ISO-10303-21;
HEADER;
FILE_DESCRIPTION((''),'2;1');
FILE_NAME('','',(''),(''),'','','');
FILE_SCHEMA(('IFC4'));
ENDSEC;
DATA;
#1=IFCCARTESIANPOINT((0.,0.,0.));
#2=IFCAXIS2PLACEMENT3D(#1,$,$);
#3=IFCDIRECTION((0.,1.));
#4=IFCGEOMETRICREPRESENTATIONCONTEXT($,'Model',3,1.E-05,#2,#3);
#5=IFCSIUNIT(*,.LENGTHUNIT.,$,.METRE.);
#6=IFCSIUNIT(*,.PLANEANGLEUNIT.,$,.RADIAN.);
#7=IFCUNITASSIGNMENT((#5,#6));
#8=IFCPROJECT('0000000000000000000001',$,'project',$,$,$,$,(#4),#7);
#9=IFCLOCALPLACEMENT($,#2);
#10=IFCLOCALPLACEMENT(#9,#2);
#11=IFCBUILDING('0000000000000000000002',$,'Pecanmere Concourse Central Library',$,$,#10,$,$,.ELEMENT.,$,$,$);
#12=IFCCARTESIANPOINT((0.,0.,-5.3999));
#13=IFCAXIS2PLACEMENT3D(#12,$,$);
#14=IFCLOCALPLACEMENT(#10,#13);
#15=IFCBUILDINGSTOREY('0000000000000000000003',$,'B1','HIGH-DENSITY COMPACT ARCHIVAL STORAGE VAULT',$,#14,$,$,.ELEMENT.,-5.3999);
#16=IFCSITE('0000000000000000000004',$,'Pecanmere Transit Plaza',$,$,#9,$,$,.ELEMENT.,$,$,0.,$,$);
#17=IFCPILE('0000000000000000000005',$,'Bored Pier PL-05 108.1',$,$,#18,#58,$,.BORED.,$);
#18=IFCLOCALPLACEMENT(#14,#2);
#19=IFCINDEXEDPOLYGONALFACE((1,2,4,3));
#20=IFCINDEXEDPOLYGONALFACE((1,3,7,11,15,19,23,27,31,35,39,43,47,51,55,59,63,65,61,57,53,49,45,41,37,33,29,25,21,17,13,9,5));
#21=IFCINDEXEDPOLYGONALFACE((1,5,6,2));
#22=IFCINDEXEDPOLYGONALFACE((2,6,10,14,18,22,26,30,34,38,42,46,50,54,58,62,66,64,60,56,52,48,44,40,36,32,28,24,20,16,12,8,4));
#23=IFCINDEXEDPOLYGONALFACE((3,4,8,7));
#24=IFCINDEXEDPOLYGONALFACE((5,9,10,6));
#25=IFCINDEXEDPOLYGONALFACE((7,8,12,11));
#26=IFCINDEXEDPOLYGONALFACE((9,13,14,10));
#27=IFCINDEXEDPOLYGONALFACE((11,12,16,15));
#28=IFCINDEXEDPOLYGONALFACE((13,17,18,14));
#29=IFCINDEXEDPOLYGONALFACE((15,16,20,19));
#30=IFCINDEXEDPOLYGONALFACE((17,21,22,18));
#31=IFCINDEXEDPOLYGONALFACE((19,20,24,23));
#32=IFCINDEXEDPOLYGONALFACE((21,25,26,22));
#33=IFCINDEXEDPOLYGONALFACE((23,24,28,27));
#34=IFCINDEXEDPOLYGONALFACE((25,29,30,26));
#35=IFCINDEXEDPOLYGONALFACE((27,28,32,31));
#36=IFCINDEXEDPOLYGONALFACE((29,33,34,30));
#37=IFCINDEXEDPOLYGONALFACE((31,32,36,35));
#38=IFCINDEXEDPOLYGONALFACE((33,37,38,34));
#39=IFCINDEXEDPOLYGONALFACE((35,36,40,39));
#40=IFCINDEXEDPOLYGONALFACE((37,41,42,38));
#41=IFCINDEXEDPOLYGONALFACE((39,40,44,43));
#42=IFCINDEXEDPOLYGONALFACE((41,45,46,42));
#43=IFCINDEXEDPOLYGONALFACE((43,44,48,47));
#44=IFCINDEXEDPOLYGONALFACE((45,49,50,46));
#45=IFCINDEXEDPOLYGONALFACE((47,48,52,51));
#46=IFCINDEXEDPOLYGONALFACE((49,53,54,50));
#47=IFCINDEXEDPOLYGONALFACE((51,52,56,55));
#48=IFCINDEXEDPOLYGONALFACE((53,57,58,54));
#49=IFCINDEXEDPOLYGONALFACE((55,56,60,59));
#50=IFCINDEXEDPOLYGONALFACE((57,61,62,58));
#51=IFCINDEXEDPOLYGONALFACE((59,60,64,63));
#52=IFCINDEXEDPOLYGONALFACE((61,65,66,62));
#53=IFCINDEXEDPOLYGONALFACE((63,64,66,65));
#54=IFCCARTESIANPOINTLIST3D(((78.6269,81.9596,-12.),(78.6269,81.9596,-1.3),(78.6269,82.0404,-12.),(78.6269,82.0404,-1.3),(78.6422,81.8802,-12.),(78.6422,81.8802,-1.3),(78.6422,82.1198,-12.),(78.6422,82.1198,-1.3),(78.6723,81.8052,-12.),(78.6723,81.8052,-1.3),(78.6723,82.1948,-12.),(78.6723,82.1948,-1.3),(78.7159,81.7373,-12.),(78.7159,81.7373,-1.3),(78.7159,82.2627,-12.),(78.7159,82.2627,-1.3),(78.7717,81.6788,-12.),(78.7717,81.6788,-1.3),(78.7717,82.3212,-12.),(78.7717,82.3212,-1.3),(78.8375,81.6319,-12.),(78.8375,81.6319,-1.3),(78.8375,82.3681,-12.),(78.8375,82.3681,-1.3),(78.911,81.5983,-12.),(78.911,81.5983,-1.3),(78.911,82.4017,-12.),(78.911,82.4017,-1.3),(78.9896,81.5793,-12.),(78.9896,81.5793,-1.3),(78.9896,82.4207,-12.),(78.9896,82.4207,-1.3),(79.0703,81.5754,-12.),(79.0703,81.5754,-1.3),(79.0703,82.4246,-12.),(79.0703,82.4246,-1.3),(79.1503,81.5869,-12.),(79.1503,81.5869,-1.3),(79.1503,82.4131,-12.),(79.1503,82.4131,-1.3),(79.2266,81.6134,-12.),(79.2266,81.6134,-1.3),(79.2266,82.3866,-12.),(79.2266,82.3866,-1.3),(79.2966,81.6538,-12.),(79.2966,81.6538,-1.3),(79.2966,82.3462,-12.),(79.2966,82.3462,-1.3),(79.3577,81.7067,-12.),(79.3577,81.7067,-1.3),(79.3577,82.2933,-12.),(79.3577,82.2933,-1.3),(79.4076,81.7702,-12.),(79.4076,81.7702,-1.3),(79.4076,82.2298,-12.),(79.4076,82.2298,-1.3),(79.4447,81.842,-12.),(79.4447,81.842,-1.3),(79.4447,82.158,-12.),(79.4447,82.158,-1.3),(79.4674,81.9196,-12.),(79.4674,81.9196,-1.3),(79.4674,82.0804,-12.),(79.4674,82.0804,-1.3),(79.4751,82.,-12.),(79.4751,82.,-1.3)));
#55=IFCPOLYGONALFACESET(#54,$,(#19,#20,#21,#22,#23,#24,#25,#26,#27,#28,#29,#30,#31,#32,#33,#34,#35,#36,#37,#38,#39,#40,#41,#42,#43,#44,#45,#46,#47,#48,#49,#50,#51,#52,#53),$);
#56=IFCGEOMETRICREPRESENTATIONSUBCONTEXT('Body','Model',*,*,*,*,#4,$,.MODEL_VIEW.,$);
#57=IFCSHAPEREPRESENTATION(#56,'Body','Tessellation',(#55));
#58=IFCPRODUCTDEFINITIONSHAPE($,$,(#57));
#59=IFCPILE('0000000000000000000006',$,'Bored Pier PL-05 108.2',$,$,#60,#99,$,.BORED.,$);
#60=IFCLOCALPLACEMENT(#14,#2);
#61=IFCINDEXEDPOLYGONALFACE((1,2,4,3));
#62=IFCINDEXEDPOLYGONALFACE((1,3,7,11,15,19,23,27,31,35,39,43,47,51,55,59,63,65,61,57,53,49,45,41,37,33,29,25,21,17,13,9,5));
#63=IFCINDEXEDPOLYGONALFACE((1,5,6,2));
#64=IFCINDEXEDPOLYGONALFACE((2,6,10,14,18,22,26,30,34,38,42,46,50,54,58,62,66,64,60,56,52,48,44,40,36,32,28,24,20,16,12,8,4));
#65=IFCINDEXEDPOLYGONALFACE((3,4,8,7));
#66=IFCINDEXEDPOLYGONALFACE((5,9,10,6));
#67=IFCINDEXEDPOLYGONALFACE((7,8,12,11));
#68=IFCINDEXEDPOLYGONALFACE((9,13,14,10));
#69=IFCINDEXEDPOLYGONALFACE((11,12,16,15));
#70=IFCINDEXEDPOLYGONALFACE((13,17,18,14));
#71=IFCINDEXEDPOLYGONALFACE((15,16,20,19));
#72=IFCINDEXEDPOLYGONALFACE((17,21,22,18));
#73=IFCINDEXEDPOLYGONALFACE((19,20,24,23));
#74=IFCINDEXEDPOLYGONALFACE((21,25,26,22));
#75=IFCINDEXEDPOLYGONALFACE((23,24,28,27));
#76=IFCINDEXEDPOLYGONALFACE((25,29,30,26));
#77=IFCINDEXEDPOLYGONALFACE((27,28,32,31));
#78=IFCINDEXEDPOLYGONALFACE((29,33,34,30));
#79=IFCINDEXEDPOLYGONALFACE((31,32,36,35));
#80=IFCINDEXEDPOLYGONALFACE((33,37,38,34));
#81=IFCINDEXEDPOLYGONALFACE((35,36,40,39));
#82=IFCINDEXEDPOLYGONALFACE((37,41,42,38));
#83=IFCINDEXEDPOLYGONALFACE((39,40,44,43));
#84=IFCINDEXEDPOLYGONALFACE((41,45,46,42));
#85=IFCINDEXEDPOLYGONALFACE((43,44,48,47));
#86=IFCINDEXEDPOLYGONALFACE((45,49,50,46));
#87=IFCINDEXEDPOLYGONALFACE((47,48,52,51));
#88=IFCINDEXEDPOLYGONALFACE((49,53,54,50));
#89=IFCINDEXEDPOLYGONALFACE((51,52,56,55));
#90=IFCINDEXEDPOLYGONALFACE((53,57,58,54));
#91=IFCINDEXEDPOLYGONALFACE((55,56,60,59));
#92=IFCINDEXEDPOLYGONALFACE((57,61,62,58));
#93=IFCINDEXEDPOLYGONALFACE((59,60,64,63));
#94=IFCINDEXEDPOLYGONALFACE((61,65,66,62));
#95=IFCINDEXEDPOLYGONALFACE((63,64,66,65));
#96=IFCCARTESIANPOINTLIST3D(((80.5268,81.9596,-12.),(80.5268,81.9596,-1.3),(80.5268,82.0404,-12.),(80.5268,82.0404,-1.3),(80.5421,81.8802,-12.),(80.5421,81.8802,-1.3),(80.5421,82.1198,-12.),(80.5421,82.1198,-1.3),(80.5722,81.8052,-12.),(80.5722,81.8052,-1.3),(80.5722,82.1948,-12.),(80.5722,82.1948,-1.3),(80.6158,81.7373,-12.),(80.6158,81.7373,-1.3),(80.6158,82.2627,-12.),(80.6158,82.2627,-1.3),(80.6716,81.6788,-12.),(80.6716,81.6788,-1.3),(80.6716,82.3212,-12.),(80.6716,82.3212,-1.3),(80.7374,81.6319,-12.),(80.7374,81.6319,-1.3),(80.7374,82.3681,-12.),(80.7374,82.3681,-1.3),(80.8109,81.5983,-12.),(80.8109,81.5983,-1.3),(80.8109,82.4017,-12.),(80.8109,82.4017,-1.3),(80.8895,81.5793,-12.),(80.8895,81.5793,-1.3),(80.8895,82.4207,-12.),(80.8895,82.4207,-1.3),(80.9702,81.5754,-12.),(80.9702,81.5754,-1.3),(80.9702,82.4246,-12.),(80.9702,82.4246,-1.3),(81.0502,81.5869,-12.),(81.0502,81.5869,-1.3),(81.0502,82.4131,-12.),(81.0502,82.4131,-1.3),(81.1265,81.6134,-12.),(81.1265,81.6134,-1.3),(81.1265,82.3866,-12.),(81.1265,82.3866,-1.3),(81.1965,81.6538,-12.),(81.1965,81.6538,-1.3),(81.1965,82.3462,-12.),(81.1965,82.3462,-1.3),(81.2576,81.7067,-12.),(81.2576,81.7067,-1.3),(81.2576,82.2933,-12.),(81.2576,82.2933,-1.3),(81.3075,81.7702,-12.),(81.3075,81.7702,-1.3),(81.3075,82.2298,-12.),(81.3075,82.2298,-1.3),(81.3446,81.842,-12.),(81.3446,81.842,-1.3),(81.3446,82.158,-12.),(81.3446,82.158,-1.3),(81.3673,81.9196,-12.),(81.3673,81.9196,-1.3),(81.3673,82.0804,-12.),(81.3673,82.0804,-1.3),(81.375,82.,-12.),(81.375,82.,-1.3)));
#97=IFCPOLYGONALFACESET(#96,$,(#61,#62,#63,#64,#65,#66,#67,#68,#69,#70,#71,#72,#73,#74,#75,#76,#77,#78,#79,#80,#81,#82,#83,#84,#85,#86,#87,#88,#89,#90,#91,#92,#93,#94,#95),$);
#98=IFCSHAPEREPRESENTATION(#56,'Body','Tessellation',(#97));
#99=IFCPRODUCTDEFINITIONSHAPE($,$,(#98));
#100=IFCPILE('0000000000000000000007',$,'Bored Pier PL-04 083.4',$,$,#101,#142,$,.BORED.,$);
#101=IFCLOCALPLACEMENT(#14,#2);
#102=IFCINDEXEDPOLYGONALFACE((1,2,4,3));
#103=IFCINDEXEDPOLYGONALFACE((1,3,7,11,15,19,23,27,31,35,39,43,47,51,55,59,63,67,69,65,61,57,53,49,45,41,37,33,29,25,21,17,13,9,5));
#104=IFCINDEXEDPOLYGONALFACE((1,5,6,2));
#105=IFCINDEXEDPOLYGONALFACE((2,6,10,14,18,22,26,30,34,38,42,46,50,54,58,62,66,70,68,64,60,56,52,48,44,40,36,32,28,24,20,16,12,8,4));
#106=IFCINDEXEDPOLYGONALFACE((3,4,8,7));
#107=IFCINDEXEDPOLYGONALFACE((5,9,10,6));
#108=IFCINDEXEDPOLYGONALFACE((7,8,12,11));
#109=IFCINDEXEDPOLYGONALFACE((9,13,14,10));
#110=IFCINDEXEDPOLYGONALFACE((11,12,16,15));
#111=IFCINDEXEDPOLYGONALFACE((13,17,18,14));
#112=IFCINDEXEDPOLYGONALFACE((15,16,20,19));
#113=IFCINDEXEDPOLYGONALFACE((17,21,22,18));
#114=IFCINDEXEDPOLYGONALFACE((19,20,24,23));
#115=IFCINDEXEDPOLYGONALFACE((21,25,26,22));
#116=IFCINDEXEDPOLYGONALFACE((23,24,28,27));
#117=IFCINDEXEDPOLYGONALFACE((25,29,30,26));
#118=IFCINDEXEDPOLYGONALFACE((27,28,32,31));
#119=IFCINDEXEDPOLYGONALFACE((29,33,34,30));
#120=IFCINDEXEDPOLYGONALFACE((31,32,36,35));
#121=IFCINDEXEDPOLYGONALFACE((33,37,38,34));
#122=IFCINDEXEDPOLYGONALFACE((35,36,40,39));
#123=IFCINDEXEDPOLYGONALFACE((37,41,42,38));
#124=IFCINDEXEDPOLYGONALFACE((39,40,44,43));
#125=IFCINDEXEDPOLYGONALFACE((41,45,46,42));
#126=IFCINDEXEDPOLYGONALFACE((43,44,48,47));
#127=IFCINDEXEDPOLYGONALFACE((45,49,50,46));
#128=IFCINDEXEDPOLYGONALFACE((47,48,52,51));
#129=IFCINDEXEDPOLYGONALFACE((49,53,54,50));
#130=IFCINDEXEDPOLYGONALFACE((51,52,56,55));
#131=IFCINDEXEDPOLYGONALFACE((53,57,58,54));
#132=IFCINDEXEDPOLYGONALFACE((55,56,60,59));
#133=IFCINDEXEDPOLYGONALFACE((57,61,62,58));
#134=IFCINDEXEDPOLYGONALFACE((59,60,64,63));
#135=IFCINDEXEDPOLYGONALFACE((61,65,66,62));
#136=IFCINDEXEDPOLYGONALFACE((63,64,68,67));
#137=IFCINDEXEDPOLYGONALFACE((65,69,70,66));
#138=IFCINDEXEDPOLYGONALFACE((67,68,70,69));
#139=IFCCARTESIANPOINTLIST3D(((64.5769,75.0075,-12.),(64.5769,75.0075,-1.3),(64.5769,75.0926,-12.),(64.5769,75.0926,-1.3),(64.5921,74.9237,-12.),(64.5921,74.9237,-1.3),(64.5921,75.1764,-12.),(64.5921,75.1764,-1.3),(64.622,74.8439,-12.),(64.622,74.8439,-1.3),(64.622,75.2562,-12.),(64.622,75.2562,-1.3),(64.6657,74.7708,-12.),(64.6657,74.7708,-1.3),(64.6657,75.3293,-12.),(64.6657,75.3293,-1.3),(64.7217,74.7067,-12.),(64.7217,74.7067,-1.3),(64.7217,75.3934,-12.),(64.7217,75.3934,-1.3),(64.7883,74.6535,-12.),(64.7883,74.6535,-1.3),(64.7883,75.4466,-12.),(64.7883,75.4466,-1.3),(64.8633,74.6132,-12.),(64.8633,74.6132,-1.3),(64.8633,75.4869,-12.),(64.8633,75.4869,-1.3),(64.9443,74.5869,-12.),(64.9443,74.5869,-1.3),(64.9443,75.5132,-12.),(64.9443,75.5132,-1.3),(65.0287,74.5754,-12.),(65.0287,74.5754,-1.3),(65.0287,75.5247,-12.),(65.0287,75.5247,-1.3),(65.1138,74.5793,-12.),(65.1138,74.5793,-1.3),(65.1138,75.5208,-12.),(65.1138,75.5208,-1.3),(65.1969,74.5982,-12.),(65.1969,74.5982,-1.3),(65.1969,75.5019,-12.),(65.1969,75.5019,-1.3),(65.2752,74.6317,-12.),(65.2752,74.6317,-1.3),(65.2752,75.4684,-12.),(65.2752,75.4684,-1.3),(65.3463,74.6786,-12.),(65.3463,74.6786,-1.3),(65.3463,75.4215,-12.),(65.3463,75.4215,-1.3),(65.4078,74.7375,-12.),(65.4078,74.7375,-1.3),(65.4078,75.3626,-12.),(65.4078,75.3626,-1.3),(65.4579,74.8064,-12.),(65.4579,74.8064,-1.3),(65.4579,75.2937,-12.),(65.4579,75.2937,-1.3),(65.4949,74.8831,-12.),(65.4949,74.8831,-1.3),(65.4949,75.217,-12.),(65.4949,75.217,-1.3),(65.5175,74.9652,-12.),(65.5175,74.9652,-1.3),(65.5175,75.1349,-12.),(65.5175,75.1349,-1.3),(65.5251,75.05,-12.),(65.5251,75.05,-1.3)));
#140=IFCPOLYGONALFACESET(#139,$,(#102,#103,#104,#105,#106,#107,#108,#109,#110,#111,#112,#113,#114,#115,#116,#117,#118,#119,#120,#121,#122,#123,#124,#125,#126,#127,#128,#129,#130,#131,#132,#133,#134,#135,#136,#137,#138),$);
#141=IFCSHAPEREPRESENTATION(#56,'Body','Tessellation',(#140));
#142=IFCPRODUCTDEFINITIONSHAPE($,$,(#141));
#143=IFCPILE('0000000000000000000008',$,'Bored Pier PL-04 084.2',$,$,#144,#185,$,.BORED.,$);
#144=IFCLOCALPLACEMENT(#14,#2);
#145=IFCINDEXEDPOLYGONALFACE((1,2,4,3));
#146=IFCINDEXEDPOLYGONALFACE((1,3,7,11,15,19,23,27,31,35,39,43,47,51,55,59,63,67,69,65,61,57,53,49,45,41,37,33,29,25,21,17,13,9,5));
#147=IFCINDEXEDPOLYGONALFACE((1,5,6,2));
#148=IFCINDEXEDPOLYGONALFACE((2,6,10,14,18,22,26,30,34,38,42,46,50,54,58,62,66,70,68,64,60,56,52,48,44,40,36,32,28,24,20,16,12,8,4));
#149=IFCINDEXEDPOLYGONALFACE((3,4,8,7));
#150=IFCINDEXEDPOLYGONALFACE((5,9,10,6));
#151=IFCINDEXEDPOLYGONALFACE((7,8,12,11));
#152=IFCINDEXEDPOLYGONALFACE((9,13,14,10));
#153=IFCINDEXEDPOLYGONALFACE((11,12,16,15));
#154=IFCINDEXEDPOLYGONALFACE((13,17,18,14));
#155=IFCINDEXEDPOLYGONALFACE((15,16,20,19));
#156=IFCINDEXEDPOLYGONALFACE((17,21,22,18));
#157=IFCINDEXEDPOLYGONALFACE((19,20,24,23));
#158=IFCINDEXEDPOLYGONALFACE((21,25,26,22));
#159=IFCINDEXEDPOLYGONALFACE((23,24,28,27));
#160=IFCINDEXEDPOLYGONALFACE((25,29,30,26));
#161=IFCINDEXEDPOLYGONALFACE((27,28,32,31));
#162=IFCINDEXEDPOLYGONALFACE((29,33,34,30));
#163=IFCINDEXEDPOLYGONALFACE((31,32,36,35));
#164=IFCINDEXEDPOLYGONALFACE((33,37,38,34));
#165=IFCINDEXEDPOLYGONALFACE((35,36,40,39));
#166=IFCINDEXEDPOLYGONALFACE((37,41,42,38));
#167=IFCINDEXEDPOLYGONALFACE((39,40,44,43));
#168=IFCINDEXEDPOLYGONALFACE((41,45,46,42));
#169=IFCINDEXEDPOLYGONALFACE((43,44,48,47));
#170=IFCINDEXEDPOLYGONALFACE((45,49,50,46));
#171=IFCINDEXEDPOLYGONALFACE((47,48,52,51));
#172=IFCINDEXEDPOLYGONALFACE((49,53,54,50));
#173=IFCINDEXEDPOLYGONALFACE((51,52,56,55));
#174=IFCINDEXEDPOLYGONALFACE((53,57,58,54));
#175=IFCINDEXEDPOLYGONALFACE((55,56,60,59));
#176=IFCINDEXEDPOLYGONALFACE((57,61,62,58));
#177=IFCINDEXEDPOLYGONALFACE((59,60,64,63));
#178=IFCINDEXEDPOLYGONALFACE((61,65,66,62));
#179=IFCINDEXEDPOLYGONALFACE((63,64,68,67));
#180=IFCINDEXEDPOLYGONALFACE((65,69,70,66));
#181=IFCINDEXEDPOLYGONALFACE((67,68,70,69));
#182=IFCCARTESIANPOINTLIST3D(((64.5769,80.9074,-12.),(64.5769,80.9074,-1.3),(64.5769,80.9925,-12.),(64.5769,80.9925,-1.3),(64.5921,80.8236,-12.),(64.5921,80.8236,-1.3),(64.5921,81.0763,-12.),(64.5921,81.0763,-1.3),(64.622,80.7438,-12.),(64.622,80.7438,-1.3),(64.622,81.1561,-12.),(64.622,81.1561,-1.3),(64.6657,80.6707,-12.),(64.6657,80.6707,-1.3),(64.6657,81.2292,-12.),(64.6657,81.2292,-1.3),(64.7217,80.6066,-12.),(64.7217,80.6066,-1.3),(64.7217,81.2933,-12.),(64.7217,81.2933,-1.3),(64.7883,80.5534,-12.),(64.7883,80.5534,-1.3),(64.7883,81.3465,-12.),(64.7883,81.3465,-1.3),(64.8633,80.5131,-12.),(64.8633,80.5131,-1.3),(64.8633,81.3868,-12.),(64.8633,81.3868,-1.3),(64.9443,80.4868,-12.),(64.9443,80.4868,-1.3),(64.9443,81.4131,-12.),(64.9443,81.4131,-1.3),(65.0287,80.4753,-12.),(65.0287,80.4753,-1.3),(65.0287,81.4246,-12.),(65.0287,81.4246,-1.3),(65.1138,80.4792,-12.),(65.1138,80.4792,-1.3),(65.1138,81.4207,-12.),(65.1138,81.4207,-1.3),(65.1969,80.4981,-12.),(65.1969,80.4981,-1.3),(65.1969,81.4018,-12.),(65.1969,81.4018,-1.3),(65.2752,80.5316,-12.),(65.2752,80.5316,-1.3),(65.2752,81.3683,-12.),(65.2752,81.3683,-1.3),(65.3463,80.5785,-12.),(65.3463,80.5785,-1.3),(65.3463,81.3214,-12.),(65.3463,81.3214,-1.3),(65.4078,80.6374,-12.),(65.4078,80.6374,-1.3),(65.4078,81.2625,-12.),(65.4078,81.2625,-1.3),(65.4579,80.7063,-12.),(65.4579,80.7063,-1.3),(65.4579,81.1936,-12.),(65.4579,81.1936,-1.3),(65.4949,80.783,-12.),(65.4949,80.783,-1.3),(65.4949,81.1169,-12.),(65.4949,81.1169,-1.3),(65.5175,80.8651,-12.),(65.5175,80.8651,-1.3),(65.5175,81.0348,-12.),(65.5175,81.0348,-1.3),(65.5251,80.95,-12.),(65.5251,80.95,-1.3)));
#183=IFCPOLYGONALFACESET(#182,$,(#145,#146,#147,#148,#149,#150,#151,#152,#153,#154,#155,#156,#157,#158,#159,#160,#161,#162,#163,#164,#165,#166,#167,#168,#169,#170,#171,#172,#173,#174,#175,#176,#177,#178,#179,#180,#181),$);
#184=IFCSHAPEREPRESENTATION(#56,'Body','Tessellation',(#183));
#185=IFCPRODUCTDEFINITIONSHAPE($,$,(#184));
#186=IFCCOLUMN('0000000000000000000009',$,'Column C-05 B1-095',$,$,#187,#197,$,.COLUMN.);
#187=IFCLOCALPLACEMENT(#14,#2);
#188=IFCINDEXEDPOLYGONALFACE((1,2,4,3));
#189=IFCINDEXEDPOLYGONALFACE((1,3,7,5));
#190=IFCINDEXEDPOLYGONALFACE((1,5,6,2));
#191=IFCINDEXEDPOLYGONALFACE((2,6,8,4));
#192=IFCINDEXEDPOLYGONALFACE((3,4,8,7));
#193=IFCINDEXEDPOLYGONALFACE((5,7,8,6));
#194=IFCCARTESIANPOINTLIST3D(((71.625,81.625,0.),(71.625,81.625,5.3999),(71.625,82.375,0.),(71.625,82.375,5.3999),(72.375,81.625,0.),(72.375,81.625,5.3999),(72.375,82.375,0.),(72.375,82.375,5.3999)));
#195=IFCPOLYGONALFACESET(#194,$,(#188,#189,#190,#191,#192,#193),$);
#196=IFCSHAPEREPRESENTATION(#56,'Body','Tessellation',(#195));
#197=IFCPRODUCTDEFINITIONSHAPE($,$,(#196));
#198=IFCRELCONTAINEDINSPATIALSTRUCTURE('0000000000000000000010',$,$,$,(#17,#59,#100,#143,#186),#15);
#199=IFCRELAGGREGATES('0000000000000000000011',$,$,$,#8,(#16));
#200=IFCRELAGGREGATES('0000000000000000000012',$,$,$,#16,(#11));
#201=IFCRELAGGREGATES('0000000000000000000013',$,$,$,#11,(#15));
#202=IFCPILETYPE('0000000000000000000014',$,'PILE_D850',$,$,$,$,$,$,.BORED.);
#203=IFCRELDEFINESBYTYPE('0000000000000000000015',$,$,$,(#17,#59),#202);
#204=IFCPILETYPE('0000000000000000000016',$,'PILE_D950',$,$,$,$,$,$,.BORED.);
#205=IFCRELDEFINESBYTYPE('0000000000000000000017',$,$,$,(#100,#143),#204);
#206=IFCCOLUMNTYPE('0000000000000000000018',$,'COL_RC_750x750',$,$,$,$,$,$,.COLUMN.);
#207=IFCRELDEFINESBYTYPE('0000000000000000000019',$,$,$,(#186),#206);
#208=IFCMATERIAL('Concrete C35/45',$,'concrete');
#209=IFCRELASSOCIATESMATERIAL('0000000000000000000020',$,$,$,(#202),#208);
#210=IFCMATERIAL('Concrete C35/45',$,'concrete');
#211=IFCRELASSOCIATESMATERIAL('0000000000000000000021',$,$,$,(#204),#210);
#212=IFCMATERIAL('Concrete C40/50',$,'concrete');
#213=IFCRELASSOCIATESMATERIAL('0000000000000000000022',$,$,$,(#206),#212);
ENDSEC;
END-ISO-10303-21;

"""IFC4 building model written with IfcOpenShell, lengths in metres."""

from ifc_helpers import new_model, si_unit, direction, frame, origin, origin_2d, place, context, subcontext, project, spatial, rectangle, circle, extrude, material, material_profile, profile_set, type_object, element, save


model = new_model("IFC4")

# Units and contexts
model_context = context("Model", 3, precision=1e-05, world=origin(), true_north=direction((0.0, 1.0)))
body_context = subcontext(model_context, "Body", "Model", "MODEL_VIEW")
ifc_project = project(units=[si_unit("LENGTHUNIT", "METRE"), si_unit("PLANEANGLEUNIT", "RADIAN")], contexts=[model_context])

# Site, building, storey
site_placement = place(None, origin())
site = spatial("IfcSite", under=ifc_project, at=site_placement, Name="Pecanmere Transit Plaza", CompositionType="ELEMENT", RefElevation=0.0)
building_placement = place(site_placement, origin())
building = spatial("IfcBuilding", under=site, at=building_placement, Name="Pecanmere Concourse Central Library", CompositionType="ELEMENT")
storey_placement = place(building_placement, frame((0.0, 0.0, -5.3999)))
storey = spatial("IfcBuildingStorey", under=building, at=storey_placement, Name="B1", Description="HIGH-DENSITY COMPACT ARCHIVAL STORAGE VAULT", CompositionType="ELEMENT", Elevation=-5.3999)

# Piles
ifc_material_1 = material(Name="Concrete C35/45", Category="concrete")
ifc_material_profile_1 = material_profile(ifc_material_1, circle(Radius=0.425, at=origin_2d()), Name="PIER D850")
ifc_profile_set_1 = profile_set([ifc_material_profile_1], Name="Concrete C35/45")
pile_type_1 = type_object("IfcPileType", Name="PILE_D850", PredefinedType="BORED", material=ifc_profile_set_1)
for number, where, z_axis, x_axis, name in (
    (1, (79.05, 82.0, -1.3), (0.0, 0.0, -1.0), (1.0, 0.0, 0.0), "Bored Pier PL-05 108.1"),
    (2, (80.95, 82.0, -1.3), (0.0, 0.0, -1.0), (1.0, 0.0, 0.0), "Bored Pier PL-05 108.2"),
):
    element("IfcPile", number, at=place(storey_placement, frame(where, z_axis=z_axis, x_axis=x_axis)), inside=storey, type_object=pile_type_1, Name=name, PredefinedType="BORED", context=body_context, shape_type="SweptSolid", body=[
        extrude(circle(Radius=0.425, at=origin_2d()), origin(), (0.0, 0.0, 1.0), 10.7),
    ])
ifc_material_2 = material(Name="Concrete C35/45", Category="concrete")
ifc_material_profile_2 = material_profile(ifc_material_2, circle(Radius=0.4751, at=origin_2d()), Name="PIER D950")
ifc_profile_set_2 = profile_set([ifc_material_profile_2], Name="Concrete C35/45")
pile_type_2 = type_object("IfcPileType", Name="PILE_D950", PredefinedType="BORED", material=ifc_profile_set_2)
for number, where, z_axis, x_axis, name in (
    (3, (65.05, 75.05, -1.3), (0.0, 0.0, -1.0), (1.0, 0.0, 0.0), "Bored Pier PL-04 083.4"),
    (4, (65.05, 80.95, -1.3), (0.0, 0.0, -1.0), (1.0, 0.0, 0.0), "Bored Pier PL-04 084.2"),
):
    element("IfcPile", number, at=place(storey_placement, frame(where, z_axis=z_axis, x_axis=x_axis)), inside=storey, type_object=pile_type_2, Name=name, PredefinedType="BORED", context=body_context, shape_type="SweptSolid", body=[
        extrude(circle(Radius=0.4751, at=origin_2d()), origin(), (0.0, 0.0, 1.0), 10.7),
    ])

# Column
ifc_material_3 = material(Name="Concrete C40/50", Category="concrete")
ifc_material_profile_3 = material_profile(ifc_material_3, rectangle(XDim=0.75, YDim=0.75, at=origin_2d()), Name="RC 750x750")
ifc_profile_set_3 = profile_set([ifc_material_profile_3], Name="Concrete C40/50")
column_type = type_object("IfcColumnType", Name="COL_RC_750x750", PredefinedType="COLUMN", material=ifc_profile_set_3)
for number, where, z_axis, x_axis, name in (
    (5, (72.0, 82.0, 0.0), (0.0, 0.0, 1.0), (1.0, 0.0, 0.0), "Column C-05 B1-095"),
):
    element("IfcColumn", number, at=place(storey_placement, frame(where, z_axis=z_axis, x_axis=x_axis)), inside=storey, type_object=column_type, Name=name, PredefinedType="COLUMN", context=body_context, shape_type="SweptSolid", body=[
        extrude(rectangle(XDim=0.75, YDim=0.75, at=origin_2d()), origin(), (0.0, 0.0, 1.0), 5.3999),
    ])

save(model, "model.ifc")
